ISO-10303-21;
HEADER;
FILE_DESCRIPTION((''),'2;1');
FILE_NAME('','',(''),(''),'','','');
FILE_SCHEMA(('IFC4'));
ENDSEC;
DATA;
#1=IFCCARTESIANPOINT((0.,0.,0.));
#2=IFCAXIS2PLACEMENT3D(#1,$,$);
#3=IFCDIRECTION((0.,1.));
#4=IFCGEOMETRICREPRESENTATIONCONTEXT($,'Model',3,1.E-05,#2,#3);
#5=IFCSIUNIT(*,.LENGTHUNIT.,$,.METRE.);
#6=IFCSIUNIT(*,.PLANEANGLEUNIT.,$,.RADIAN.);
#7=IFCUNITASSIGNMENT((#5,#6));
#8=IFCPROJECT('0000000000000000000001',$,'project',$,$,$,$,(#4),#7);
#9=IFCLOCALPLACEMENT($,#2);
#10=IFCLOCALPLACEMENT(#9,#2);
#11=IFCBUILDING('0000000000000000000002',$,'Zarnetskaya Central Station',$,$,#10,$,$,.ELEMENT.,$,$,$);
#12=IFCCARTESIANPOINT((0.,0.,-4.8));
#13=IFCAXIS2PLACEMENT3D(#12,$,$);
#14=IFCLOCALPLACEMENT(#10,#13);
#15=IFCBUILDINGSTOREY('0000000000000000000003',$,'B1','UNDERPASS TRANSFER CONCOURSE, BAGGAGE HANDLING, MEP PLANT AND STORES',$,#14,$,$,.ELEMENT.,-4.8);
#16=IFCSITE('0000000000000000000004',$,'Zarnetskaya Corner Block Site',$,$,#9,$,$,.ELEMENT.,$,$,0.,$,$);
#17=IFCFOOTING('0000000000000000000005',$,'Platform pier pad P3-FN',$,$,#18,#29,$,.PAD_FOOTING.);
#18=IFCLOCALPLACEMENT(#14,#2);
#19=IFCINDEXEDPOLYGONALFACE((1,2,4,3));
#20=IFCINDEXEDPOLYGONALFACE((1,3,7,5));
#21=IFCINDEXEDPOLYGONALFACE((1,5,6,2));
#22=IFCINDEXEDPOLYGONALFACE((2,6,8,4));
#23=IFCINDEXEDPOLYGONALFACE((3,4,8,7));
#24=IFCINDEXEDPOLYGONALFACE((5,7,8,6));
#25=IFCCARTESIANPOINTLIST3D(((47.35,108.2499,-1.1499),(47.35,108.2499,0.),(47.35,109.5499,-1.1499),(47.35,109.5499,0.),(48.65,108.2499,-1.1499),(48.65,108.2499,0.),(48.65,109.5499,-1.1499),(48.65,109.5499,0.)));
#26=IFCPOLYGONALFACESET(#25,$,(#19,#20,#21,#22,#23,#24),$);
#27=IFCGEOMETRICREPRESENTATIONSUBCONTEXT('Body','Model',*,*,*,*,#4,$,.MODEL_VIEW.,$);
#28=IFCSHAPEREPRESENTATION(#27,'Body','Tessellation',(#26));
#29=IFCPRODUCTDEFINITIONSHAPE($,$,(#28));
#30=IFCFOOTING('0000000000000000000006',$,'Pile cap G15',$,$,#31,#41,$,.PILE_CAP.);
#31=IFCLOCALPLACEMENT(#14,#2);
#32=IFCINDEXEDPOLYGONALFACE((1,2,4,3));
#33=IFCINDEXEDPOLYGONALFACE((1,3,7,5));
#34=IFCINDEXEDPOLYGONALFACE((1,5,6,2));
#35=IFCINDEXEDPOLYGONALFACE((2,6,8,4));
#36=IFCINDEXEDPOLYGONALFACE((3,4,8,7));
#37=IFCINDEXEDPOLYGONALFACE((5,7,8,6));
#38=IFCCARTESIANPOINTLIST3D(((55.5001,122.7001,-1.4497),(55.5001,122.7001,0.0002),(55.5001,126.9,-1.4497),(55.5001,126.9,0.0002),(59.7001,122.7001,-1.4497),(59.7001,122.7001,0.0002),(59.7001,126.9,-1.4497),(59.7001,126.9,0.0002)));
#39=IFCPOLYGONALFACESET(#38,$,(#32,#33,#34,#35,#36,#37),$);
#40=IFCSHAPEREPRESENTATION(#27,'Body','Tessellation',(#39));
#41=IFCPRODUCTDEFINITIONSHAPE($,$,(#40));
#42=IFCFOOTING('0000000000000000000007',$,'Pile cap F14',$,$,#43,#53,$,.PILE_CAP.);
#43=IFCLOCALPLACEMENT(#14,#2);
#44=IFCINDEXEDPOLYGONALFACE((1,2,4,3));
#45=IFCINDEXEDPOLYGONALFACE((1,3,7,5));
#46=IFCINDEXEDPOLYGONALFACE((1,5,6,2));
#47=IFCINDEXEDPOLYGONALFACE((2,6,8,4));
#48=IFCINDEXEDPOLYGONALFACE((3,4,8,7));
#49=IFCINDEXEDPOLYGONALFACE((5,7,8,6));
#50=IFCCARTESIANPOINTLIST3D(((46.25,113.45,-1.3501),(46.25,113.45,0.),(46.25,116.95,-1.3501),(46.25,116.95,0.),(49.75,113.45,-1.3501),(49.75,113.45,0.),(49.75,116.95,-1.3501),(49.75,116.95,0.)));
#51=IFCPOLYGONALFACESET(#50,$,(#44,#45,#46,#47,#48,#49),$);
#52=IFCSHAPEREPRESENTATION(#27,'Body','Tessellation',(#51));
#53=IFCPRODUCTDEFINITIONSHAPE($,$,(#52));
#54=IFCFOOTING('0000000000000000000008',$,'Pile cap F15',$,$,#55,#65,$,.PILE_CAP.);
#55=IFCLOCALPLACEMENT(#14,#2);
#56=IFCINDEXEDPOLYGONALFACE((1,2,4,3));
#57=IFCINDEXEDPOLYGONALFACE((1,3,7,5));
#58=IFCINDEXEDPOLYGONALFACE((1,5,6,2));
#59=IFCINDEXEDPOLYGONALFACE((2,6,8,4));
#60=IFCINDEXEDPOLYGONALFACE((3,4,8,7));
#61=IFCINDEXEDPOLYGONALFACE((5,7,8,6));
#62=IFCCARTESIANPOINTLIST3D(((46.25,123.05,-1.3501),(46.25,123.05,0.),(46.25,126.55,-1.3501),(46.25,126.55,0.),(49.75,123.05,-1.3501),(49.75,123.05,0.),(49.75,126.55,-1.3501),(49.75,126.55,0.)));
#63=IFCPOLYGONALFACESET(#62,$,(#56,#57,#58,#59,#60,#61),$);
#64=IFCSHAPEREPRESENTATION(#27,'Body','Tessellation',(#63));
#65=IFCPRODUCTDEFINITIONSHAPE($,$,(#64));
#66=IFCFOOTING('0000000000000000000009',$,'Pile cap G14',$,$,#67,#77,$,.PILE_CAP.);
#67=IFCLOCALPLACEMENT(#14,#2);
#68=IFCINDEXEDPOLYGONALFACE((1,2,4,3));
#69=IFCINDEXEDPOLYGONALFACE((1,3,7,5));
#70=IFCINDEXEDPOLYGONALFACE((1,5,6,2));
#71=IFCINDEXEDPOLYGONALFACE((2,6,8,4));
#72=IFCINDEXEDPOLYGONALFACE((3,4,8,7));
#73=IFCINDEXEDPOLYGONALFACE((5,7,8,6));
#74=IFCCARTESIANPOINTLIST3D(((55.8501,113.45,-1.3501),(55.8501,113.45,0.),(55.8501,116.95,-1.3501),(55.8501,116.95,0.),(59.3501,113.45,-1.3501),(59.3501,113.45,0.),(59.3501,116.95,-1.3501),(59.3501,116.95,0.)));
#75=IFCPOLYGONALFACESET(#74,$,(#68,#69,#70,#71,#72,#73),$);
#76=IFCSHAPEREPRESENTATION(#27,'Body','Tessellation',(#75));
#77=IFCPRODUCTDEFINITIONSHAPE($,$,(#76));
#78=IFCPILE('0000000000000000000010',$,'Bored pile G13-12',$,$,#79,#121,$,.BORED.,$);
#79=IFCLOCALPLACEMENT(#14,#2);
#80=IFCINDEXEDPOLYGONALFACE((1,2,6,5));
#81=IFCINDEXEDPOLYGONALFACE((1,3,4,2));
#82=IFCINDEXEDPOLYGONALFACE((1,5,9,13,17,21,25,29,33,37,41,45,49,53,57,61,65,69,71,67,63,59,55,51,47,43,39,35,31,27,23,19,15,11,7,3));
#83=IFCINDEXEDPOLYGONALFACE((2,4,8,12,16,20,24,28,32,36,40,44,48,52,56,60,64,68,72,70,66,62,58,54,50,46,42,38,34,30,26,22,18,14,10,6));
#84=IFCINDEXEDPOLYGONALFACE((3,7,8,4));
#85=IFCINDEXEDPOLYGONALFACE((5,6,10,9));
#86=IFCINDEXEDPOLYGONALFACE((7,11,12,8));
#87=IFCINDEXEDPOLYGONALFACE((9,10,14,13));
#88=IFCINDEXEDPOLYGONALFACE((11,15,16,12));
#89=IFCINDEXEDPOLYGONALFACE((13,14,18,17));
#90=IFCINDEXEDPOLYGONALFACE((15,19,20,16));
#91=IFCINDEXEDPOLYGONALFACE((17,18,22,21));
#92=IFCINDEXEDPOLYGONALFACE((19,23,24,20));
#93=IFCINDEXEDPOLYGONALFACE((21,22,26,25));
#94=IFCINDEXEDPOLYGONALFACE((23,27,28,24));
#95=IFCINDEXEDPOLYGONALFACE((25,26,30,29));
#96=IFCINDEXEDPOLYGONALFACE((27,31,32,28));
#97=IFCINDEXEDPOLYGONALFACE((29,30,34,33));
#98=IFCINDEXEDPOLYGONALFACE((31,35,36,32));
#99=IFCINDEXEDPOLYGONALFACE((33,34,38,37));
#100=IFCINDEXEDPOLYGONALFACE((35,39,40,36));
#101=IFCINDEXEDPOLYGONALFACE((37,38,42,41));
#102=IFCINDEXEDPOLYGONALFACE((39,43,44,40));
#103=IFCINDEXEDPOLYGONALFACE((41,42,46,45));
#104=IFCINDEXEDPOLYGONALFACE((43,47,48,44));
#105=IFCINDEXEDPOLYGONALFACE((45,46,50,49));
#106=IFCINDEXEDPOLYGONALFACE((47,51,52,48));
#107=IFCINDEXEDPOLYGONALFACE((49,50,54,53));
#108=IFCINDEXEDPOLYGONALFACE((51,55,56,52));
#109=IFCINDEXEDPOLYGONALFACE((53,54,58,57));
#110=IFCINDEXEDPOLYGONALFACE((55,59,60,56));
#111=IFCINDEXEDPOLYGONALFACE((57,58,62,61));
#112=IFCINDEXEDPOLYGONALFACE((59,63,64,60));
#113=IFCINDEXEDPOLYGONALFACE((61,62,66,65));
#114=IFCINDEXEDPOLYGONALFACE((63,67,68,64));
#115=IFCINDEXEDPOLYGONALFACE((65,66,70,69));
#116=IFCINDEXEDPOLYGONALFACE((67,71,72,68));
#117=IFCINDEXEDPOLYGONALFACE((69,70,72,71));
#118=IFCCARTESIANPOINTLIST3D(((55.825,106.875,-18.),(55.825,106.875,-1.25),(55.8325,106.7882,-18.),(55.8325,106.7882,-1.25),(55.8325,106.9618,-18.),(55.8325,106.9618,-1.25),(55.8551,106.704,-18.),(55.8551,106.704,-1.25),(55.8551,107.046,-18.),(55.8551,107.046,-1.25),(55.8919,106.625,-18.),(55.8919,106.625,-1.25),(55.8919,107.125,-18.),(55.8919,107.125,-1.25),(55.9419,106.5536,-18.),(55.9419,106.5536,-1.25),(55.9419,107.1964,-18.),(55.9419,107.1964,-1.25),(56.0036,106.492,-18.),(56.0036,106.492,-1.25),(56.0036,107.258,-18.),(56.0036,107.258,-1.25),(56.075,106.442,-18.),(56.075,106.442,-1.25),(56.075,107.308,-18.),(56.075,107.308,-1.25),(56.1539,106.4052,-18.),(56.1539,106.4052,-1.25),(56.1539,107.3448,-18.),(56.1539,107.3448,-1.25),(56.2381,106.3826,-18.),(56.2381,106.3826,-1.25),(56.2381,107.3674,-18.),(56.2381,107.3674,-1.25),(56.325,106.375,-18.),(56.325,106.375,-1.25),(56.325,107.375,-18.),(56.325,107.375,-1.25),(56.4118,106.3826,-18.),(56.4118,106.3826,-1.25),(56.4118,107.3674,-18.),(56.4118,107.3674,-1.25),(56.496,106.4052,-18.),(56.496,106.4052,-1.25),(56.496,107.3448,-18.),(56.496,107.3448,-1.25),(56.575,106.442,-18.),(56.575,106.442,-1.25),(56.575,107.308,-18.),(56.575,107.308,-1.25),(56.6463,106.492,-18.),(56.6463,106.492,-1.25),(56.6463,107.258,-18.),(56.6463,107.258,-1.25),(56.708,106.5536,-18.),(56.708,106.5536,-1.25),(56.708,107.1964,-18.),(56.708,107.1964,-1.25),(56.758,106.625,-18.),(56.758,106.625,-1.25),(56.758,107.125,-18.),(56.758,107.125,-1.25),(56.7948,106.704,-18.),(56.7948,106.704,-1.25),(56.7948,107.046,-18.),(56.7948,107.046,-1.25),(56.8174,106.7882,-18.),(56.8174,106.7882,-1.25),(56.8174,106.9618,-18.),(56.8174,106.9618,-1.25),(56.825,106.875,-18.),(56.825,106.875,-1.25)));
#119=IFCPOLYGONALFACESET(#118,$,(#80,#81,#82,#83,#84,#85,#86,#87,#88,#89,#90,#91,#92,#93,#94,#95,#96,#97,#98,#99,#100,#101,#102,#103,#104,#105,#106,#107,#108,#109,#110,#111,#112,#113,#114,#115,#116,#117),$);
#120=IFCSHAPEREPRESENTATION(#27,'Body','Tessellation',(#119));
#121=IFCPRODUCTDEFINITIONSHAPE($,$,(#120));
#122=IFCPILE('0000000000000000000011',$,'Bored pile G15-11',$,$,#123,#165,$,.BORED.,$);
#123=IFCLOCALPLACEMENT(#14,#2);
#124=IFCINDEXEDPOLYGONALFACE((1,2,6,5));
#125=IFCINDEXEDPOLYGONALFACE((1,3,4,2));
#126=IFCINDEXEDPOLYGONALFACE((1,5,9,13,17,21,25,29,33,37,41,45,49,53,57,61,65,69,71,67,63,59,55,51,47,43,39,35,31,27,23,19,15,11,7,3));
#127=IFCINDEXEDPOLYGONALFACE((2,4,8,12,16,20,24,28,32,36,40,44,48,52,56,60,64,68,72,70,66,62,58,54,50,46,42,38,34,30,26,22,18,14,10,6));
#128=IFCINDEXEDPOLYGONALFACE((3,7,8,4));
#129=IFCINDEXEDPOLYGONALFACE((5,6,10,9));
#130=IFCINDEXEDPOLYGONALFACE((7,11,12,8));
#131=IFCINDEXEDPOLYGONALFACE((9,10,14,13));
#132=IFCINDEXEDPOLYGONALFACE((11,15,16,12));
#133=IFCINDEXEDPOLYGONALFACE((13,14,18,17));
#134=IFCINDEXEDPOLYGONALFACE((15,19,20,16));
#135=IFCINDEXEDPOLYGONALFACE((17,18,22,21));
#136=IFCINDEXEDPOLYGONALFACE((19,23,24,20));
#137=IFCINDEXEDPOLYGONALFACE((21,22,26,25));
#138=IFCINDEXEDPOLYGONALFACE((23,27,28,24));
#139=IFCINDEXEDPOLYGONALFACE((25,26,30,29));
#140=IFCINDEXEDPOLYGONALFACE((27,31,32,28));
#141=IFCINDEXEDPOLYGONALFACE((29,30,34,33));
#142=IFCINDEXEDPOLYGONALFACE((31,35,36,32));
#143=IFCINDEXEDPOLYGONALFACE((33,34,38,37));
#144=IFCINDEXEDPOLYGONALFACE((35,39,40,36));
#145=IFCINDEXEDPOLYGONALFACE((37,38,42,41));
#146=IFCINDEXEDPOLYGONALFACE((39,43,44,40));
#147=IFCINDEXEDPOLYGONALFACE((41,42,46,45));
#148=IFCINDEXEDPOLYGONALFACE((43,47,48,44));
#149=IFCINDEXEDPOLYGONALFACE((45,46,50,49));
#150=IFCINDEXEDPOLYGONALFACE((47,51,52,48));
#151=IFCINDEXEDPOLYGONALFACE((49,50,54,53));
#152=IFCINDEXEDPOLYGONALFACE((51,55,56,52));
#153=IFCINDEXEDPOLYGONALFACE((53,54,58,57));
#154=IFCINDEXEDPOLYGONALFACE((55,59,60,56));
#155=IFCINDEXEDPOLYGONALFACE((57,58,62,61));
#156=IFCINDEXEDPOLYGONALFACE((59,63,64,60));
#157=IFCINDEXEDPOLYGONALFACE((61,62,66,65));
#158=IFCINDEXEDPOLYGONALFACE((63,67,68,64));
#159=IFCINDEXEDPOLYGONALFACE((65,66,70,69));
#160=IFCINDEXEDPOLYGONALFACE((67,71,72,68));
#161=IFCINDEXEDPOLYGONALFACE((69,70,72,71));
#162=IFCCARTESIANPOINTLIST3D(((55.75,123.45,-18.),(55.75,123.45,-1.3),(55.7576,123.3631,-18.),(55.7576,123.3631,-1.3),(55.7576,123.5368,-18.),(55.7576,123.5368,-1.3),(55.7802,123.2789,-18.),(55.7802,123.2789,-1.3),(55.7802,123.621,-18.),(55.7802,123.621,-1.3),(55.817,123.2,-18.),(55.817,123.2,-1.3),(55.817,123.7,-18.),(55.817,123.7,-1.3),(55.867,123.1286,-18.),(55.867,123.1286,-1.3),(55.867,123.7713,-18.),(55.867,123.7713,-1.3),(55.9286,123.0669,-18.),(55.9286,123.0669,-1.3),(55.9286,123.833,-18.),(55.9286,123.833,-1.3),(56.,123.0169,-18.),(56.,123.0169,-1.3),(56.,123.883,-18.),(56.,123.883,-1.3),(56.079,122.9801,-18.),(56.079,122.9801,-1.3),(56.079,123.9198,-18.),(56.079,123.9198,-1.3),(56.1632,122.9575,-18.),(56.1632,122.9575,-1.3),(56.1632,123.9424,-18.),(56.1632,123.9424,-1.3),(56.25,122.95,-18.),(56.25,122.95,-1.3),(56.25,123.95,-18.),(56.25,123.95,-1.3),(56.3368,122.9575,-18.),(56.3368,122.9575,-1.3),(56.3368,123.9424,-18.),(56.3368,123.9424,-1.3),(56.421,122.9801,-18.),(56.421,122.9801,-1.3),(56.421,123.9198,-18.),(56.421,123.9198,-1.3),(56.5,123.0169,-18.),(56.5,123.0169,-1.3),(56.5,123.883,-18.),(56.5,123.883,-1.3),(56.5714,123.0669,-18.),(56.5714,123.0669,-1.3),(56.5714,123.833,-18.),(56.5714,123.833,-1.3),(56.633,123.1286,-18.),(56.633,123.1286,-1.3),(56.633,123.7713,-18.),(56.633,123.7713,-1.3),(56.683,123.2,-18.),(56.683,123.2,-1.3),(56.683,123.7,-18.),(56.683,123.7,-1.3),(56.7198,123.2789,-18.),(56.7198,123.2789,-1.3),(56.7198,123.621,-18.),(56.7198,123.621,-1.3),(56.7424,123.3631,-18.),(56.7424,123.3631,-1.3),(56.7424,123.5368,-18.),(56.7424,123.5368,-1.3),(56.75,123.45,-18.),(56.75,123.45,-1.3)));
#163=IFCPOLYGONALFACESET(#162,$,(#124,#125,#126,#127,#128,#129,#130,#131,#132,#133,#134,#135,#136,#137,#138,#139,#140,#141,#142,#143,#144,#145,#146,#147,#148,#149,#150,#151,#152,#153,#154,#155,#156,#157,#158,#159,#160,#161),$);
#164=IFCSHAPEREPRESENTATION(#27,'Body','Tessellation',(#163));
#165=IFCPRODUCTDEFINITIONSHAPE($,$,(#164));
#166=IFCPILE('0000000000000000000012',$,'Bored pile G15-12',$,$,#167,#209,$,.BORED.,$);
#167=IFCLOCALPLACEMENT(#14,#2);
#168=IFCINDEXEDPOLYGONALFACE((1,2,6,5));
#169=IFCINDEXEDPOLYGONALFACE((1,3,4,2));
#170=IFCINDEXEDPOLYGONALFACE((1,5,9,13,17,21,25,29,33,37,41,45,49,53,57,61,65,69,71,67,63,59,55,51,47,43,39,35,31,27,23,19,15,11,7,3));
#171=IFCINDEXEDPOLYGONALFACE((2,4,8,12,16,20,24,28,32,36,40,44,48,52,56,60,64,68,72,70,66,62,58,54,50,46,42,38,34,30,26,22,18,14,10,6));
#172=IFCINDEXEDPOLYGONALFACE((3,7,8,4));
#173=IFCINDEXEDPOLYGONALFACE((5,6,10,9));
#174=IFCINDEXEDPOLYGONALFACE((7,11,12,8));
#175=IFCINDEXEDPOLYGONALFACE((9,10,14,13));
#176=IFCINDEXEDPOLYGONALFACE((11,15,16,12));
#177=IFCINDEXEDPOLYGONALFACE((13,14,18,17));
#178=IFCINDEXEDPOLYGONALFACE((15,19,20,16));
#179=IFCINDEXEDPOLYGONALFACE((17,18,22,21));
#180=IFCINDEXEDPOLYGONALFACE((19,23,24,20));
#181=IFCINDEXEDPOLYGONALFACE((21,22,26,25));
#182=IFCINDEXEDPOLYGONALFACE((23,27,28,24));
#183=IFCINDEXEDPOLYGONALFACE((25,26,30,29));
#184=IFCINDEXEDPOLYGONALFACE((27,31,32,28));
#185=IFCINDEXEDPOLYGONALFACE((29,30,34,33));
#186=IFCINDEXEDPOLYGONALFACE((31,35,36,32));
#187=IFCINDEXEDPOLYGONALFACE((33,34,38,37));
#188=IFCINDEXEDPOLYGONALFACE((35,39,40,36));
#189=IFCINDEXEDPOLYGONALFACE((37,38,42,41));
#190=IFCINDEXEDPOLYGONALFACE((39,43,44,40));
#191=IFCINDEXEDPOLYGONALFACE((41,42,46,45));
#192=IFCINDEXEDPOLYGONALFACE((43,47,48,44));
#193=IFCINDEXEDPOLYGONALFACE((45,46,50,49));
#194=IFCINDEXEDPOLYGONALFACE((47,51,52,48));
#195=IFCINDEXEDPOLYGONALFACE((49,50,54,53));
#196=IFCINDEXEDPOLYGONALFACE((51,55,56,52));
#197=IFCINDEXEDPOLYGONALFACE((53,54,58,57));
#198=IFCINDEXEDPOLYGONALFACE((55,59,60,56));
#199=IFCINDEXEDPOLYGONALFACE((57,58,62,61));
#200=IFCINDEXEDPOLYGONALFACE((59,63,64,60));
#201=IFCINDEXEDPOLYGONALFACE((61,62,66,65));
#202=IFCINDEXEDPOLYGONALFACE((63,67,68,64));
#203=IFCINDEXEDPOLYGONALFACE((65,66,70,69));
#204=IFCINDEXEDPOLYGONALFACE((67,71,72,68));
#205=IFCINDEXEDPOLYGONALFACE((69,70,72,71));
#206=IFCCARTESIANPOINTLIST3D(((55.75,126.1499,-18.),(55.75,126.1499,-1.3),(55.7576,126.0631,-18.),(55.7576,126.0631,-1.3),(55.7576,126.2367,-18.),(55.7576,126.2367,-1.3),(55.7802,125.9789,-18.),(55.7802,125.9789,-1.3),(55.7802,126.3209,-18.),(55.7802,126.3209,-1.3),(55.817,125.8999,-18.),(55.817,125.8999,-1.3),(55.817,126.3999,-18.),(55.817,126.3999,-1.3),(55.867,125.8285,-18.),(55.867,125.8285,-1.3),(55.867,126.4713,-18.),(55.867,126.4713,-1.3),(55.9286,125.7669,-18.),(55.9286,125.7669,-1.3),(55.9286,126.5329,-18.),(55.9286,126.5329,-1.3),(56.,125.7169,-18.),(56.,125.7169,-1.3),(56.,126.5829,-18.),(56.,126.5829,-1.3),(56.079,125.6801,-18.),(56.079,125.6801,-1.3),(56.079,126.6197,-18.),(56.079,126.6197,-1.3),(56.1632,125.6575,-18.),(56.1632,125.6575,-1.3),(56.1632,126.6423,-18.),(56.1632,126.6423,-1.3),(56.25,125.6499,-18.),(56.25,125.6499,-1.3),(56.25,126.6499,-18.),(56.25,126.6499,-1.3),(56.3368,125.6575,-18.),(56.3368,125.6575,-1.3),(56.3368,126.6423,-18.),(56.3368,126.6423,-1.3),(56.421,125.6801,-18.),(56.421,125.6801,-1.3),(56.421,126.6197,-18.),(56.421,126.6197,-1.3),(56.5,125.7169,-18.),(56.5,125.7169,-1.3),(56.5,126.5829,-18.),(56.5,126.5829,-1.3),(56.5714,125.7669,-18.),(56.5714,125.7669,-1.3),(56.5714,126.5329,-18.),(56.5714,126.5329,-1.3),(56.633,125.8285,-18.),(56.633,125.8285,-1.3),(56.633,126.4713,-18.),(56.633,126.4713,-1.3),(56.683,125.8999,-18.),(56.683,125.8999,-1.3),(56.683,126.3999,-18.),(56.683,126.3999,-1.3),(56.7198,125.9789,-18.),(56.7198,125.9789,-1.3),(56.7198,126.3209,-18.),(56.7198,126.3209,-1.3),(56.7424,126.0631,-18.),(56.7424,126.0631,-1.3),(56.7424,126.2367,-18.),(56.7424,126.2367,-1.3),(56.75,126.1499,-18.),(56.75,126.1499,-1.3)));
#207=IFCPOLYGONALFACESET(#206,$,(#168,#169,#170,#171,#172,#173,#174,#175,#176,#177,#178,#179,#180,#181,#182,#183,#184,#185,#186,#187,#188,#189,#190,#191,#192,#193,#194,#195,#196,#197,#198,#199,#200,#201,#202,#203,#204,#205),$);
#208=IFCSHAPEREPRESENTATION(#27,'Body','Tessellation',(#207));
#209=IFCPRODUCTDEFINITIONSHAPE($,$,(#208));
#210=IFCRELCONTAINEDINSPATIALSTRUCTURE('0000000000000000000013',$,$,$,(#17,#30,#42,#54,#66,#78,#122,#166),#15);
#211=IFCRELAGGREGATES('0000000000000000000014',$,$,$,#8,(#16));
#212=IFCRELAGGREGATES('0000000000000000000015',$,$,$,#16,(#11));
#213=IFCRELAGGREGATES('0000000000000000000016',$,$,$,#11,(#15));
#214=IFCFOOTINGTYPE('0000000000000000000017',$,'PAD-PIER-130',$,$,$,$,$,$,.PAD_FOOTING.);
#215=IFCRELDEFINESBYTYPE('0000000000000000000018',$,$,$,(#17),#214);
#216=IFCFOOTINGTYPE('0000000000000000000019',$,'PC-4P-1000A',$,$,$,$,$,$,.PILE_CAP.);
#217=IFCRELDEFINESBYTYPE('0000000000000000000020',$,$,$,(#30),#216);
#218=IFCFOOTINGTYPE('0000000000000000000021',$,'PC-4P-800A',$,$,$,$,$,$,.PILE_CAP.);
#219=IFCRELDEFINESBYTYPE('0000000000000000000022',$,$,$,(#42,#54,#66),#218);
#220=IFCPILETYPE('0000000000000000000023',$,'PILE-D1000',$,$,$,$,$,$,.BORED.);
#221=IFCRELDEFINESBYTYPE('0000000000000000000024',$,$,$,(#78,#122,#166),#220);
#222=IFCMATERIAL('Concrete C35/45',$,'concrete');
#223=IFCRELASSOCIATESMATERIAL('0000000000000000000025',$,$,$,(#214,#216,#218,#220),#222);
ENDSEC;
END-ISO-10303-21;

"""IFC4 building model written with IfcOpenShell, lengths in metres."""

from ifc_helpers import new_model, si_unit, direction, frame, origin, origin_2d, place, context, subcontext, project, spatial, rectangle, circle, extrude, material, material_profile, profile_set, type_object, element, save


model = new_model("IFC4")

# Units and contexts
model_context = context("Model", 3, precision=1e-05, world=origin(), true_north=direction((0.0, 1.0)))
body_context = subcontext(model_context, "Body", "Model", "MODEL_VIEW")
ifc_project = project(units=[si_unit("LENGTHUNIT", "METRE"), si_unit("PLANEANGLEUNIT", "RADIAN")], contexts=[model_context])

# Site, building, storey
site_placement = place(None, origin())
site = spatial("IfcSite", under=ifc_project, at=site_placement, Name="Zarnetskaya Corner Block Site", CompositionType="ELEMENT", RefElevation=0.0)
building_placement = place(site_placement, origin())
building = spatial("IfcBuilding", under=site, at=building_placement, Name="Zarnetskaya Central Station", CompositionType="ELEMENT")
storey_placement = place(building_placement, frame((0.0, 0.0, -4.8)))
storey = spatial("IfcBuildingStorey", under=building, at=storey_placement, Name="B1", Description="UNDERPASS TRANSFER CONCOURSE, BAGGAGE HANDLING, MEP PLANT AND STORES", CompositionType="ELEMENT", Elevation=-4.8)

# Footings
ifc_material = material(Name="Concrete C35/45", Category="concrete")
footing_type_1 = type_object("IfcFootingType", Name="PAD-PIER-130", PredefinedType="PAD_FOOTING", material=ifc_material)
footing_1_placement = place(storey_placement, frame((48.0, 108.8999, -1.1499), z_axis=(0.0, 0.0, 1.0), x_axis=(1.0, 0.0, 0.0)))
element("IfcFooting", 1, at=footing_1_placement, inside=storey, type_object=footing_type_1, Name="Platform pier pad P3-FN", PredefinedType="PAD_FOOTING", context=body_context, shape_type="SweptSolid", body=[
    extrude(rectangle(XDim=1.3, YDim=1.3, at=origin_2d()), origin(), (0.0, 0.0, 1.0), 1.1499),
])
footing_type_2 = type_object("IfcFootingType", Name="PC-4P-1000A", PredefinedType="PILE_CAP", material=ifc_material)
footing_2_placement = place(storey_placement, frame((57.6001, 124.8, -1.4497), z_axis=(0.0, 0.0, 1.0), x_axis=(1.0, 0.0, 0.0)))
element("IfcFooting", 2, at=footing_2_placement, inside=storey, type_object=footing_type_2, Name="Pile cap G15", PredefinedType="PILE_CAP", context=body_context, shape_type="SweptSolid", body=[
    extrude(rectangle(XDim=4.2, YDim=4.2, at=origin_2d()), origin(), (0.0, 0.0, 1.0), 1.45),
])
footing_type_3 = type_object("IfcFootingType", Name="PC-4P-800A", PredefinedType="PILE_CAP", material=ifc_material)
for number, where, z_axis, x_axis, name in (
    (3, (48.0, 115.2, -1.3501), (0.0, 0.0, 1.0), (1.0, 0.0, 0.0), "Pile cap F14"),
    (4, (48.0, 124.8, -1.3501), (0.0, 0.0, 1.0), (1.0, 0.0, 0.0), "Pile cap F15"),
    (5, (57.6001, 115.2, -1.3501), (0.0, 0.0, 1.0), (1.0, 0.0, 0.0), "Pile cap G14"),
):
    element("IfcFooting", number, at=place(storey_placement, frame(where, z_axis=z_axis, x_axis=x_axis)), inside=storey, type_object=footing_type_3, Name=name, PredefinedType="PILE_CAP", context=body_context, shape_type="SweptSolid", body=[
        extrude(rectangle(XDim=3.5, YDim=3.5, at=origin_2d()), origin(), (0.0, 0.0, 1.0), 1.3501),
    ])

# Piles
ifc_material_profile_1 = material_profile(ifc_material, circle(Radius=0.5, at=origin_2d()), Name="BORED PILE D1000")
ifc_profile_set_1 = profile_set([ifc_material_profile_1], Name="Concrete C35/45")
pile_type_1 = type_object("IfcPileType", Name="PILE-D1000", PredefinedType="BORED", material=ifc_profile_set_1)
pile_placement = place(storey_placement, frame((56.325, 106.875, -1.25), z_axis=(0.0, 0.0, -1.0), x_axis=(1.0, 0.0, 0.0)))
element("IfcPile", 6, at=pile_placement, inside=storey, type_object=pile_type_1, Name="Bored pile G13-12", PredefinedType="BORED", context=body_context, shape_type="SweptSolid", body=[
    extrude(circle(Radius=0.5, at=origin_2d()), origin(), (0.0, 0.0, 1.0), 16.75),
])
for number, where, z_axis, x_axis, name in (
    (7, (56.25, 123.45, -1.3), (0.0, 0.0, -1.0), (1.0, 0.0, 0.0), "Bored pile G15-11"),
    (8, (56.25, 126.1499, -1.3), (0.0, 0.0, -1.0), (1.0, 0.0, 0.0), "Bored pile G15-12"),
):
    element("IfcPile", number, at=place(storey_placement, frame(where, z_axis=z_axis, x_axis=x_axis)), inside=storey, type_object=pile_type_1, Name=name, PredefinedType="BORED", context=body_context, shape_type="SweptSolid", body=[
        extrude(circle(Radius=0.5, at=origin_2d()), origin(), (0.0, 0.0, 1.0), 16.7),
    ])

save(model, "model.ifc")
